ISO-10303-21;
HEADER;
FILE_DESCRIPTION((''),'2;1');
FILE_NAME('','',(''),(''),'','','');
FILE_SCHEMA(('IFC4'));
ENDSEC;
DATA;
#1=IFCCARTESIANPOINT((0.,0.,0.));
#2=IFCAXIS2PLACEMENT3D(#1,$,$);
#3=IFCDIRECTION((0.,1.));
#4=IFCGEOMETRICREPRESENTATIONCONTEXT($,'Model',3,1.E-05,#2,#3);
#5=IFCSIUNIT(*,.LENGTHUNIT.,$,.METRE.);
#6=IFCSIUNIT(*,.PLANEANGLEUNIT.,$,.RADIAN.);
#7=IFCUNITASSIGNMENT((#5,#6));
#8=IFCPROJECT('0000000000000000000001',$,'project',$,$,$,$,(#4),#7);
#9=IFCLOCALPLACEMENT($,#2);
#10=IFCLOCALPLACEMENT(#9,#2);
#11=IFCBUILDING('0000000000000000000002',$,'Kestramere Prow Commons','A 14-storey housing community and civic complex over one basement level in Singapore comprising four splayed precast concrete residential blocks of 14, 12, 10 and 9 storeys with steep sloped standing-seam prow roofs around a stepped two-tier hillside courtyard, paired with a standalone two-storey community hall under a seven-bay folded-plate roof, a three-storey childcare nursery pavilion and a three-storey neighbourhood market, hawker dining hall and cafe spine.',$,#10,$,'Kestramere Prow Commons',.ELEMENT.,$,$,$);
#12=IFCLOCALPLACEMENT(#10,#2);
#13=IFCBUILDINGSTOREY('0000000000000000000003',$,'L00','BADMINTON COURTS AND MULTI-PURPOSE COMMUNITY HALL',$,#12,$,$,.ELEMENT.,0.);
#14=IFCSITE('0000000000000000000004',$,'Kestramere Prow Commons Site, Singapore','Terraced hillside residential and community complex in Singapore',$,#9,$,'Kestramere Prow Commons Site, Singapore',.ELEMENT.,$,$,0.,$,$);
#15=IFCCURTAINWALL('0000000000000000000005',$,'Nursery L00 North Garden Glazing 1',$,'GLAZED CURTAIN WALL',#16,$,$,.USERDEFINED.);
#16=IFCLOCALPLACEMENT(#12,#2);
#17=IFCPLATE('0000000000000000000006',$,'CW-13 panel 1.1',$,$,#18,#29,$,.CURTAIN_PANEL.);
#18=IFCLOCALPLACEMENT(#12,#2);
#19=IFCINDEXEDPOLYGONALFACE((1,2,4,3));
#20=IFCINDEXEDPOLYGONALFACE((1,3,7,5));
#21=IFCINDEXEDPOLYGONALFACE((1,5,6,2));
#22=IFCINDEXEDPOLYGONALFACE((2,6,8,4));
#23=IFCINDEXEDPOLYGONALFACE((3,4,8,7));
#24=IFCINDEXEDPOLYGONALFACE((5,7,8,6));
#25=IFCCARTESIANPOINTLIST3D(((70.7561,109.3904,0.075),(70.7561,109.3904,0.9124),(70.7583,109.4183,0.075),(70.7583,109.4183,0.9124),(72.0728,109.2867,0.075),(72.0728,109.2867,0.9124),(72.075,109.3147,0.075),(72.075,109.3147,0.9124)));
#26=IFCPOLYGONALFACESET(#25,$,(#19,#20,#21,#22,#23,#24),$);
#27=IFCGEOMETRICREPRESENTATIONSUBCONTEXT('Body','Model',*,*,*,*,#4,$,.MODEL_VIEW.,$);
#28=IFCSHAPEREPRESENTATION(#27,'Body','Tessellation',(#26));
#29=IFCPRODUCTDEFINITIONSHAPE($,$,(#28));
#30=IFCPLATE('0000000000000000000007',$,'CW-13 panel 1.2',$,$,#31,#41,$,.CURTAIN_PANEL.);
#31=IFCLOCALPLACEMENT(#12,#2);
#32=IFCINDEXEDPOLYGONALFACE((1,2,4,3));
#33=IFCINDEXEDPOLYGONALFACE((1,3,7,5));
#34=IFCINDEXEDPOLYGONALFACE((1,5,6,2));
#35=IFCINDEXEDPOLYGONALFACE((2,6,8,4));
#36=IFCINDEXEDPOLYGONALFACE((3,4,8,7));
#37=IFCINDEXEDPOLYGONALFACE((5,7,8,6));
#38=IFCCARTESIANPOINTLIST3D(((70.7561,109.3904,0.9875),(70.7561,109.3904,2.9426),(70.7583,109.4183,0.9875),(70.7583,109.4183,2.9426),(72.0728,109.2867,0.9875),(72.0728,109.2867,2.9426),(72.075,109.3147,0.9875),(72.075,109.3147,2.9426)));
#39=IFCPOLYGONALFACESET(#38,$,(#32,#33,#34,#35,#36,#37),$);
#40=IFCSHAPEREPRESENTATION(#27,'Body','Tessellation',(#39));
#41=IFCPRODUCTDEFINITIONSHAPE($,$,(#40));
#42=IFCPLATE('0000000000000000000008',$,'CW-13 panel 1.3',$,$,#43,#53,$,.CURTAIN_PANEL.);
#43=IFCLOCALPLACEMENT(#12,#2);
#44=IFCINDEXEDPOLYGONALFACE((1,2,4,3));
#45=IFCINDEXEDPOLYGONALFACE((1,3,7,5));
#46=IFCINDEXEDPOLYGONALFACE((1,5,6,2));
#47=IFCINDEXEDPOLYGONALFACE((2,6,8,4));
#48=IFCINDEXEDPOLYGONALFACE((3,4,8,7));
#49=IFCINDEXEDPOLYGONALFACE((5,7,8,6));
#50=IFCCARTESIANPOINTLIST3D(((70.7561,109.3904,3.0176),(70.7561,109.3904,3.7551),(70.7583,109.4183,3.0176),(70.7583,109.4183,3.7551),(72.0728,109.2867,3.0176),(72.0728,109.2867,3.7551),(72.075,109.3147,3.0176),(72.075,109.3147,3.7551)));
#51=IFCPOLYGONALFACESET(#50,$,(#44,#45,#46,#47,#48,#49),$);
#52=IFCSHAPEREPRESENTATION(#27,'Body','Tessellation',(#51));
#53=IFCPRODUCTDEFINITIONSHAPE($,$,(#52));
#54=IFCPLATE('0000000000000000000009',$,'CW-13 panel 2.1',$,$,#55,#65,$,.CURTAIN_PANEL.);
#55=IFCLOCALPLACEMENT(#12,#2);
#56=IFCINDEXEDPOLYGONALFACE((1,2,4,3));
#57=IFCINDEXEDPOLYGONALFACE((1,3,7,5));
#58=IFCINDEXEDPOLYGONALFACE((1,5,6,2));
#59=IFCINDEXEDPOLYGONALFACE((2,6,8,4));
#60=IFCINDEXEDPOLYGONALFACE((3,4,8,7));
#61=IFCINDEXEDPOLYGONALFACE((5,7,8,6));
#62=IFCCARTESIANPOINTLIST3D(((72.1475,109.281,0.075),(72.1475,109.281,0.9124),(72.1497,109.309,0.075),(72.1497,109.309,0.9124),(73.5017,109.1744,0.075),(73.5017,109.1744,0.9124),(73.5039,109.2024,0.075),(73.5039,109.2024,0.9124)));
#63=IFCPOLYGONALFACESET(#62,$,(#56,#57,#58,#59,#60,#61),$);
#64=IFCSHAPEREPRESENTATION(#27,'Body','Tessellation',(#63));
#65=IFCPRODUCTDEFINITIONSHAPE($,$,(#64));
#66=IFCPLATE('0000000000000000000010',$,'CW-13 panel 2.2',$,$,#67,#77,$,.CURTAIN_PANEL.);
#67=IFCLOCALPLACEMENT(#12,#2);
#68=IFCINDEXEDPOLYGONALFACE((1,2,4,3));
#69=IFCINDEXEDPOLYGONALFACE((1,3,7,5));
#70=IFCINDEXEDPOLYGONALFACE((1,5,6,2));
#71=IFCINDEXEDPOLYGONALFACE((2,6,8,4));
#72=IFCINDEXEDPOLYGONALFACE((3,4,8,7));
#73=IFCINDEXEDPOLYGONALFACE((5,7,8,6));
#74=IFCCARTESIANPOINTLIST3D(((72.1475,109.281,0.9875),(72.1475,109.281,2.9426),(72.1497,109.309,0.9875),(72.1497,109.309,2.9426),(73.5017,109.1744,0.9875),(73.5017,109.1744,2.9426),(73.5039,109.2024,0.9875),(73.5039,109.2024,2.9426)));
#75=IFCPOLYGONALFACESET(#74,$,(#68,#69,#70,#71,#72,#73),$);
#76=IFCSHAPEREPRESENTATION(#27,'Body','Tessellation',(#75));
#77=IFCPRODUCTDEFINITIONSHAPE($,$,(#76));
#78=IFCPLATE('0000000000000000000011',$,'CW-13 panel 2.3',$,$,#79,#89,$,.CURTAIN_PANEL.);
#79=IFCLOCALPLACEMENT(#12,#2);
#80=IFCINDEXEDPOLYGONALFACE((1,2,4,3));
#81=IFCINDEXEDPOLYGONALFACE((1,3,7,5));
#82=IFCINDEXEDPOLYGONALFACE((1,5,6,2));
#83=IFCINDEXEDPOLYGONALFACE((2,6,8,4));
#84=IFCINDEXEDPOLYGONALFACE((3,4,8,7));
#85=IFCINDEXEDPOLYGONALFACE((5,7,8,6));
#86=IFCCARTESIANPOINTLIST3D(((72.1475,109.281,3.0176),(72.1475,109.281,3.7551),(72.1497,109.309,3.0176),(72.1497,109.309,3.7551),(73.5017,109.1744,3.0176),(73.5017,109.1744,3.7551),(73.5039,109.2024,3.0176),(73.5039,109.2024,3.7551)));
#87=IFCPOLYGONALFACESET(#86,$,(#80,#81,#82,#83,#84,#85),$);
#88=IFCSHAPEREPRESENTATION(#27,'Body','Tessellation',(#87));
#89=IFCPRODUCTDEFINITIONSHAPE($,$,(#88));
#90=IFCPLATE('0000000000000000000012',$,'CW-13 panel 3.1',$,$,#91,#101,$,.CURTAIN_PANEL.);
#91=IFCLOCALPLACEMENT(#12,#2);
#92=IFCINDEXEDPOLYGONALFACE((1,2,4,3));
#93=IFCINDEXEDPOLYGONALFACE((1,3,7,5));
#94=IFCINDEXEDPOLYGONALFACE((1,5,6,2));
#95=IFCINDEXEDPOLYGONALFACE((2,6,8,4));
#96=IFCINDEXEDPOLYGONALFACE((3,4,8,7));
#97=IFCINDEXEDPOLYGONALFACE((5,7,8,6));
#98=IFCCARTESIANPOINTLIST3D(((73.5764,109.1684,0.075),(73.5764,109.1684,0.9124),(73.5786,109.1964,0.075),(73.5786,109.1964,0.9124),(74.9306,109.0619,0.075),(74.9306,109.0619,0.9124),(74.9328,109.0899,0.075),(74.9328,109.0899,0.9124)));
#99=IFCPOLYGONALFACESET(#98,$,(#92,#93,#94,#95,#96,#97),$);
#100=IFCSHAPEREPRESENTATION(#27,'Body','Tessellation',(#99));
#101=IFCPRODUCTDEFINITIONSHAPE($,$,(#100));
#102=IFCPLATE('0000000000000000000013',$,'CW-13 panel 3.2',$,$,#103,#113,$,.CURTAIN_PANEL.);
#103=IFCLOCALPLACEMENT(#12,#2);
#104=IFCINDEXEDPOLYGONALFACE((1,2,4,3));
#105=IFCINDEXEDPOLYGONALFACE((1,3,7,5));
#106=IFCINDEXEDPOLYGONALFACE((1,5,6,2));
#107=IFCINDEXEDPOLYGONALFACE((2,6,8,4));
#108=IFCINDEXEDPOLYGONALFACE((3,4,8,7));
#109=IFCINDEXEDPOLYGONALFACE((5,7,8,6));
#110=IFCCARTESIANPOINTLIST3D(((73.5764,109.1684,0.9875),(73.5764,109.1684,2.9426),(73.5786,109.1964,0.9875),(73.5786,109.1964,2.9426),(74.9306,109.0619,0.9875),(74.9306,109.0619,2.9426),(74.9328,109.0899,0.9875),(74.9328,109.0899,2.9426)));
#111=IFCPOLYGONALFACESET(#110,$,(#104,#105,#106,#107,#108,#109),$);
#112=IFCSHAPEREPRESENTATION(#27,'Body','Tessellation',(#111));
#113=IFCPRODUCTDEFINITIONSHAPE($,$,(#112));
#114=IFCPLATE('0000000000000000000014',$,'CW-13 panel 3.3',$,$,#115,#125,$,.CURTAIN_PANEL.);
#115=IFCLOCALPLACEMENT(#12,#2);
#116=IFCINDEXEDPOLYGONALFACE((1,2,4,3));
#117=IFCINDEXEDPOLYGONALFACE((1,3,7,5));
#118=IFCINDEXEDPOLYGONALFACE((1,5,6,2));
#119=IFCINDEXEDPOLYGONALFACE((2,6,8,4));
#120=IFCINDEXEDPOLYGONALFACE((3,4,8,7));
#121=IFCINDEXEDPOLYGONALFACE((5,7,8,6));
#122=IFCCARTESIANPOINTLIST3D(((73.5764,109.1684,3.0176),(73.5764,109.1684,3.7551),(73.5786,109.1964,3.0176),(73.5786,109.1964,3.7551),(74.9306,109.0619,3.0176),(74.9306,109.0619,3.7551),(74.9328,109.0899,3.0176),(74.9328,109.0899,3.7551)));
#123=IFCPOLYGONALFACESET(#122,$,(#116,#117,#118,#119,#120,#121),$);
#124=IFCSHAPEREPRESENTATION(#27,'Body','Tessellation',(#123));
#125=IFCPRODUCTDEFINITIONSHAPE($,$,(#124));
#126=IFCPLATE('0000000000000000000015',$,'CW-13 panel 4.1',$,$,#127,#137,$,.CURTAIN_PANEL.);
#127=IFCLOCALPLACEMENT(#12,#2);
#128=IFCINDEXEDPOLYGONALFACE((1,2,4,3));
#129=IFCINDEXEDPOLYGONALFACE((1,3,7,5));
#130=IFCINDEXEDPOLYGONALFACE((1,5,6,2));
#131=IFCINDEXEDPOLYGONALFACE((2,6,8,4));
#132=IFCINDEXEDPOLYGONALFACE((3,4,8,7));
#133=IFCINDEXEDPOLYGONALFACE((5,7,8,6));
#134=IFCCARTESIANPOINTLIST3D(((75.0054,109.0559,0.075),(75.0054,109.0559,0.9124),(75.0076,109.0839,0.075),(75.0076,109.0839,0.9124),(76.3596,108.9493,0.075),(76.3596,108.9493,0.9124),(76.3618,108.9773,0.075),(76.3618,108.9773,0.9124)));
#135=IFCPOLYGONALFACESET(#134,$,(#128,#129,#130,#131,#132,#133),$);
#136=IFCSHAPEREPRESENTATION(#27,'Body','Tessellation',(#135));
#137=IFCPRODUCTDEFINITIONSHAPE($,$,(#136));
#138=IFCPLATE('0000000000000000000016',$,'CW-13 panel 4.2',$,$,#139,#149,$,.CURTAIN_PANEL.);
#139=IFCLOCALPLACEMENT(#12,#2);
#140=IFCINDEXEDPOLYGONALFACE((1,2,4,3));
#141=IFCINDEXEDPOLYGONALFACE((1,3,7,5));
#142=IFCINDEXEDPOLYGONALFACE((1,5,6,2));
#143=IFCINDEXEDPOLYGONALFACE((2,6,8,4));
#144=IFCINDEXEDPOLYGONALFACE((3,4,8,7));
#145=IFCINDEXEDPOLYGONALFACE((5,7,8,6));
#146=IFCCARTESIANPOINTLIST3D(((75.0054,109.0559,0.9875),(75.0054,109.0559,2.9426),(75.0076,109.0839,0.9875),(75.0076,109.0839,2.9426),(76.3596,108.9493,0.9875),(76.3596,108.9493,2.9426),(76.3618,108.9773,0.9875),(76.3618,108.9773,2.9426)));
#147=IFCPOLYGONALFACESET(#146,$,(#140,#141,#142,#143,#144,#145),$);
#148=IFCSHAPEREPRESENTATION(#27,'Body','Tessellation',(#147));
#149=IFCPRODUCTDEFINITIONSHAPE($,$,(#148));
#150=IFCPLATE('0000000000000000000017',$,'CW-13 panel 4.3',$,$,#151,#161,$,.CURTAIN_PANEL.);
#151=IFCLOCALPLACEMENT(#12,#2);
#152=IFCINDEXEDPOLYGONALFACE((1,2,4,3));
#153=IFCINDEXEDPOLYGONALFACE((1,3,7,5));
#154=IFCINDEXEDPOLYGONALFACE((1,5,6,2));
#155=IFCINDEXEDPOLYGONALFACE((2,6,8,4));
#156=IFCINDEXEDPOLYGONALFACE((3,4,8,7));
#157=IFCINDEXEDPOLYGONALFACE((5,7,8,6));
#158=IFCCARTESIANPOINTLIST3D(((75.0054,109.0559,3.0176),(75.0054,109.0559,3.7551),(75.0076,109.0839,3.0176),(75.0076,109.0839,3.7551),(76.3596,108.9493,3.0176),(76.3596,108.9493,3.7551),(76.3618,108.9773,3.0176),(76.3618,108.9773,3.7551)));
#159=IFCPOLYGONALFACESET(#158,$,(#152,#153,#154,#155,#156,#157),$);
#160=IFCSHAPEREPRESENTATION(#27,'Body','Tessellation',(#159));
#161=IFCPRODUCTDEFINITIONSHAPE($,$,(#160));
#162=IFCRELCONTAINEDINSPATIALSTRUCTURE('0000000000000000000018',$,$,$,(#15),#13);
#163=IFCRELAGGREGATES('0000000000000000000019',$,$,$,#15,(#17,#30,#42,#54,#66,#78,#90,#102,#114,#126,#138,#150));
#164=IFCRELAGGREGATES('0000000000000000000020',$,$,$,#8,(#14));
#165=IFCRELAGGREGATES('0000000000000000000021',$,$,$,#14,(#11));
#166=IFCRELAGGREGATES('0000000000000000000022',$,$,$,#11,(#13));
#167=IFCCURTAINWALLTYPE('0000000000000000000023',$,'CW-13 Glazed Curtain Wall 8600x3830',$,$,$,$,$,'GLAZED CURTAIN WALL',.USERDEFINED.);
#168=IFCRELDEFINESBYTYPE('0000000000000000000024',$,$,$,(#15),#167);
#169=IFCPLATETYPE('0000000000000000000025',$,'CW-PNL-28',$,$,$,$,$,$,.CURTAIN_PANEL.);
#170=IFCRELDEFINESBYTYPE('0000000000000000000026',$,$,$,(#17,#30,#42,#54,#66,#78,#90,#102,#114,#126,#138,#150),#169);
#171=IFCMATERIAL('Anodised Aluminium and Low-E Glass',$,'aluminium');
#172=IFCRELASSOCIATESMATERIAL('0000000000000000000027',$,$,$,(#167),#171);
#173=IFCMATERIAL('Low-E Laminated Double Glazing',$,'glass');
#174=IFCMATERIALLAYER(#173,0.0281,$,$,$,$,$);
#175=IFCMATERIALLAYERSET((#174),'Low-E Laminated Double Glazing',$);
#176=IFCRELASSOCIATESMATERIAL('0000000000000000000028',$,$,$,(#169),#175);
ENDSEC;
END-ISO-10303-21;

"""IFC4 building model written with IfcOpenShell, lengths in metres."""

from ifc_helpers import new_model, si_unit, direction, frame, origin, origin_2d, place, context, subcontext, project, spatial, rectangle, extrude, material, layer, layer_set, type_object, element, aggregate, save


model = new_model("IFC4")

# Units and contexts
model_context = context("Model", 3, precision=1e-05, world=origin(), true_north=direction((0.0, 1.0)))
body_context = subcontext(model_context, "Body", "Model", "MODEL_VIEW")
ifc_project = project(units=[si_unit("LENGTHUNIT", "METRE"), si_unit("PLANEANGLEUNIT", "RADIAN")], contexts=[model_context])

# Site, building, storey
site_placement = place(None, origin())
site = spatial("IfcSite", under=ifc_project, at=site_placement, Name="Kestramere Prow Commons Site, Singapore", Description="Terraced hillside residential and community complex in Singapore", LongName="Kestramere Prow Commons Site, Singapore", CompositionType="ELEMENT", RefElevation=0.0)
building_placement = place(site_placement, origin())
building = spatial("IfcBuilding", under=site, at=building_placement, Name="Kestramere Prow Commons", Description="A 14-storey housing community and civic complex over one basement level in Singapore comprising four splayed precast concrete residential blocks of 14, 12, 10 and 9 storeys with steep sloped standing-seam prow roofs around a stepped two-tier hillside courtyard, paired with a standalone two-storey community hall under a seven-bay folded-plate roof, a three-storey childcare nursery pavilion and a three-storey neighbourhood market, hawker dining hall and cafe spine.", LongName="Kestramere Prow Commons", CompositionType="ELEMENT")
storey_placement = place(building_placement, origin())
storey = spatial("IfcBuildingStorey", under=building, at=storey_placement, Name="L00", Description="BADMINTON COURTS AND MULTI-PURPOSE COMMUNITY HALL", CompositionType="ELEMENT", Elevation=0.0)

# Curtain wall, plates
ifc_material_1 = material(Name="Anodised Aluminium and Low-E Glass", Category="aluminium")
curtain_wall_type = type_object("IfcCurtainWallType", Name="CW-13 Glazed Curtain Wall 8600x3830", ElementType="GLAZED CURTAIN WALL", PredefinedType="USERDEFINED", material=ifc_material_1)
curtain_wall_placement = place(storey_placement, origin())
curtain_wall = element("IfcCurtainWall", 1, at=curtain_wall_placement, inside=storey, type_object=curtain_wall_type, Name="Nursery L00 North Garden Glazing 1", ObjectType="GLAZED CURTAIN WALL", PredefinedType="USERDEFINED")
ifc_material_2 = material(Name="Low-E Laminated Double Glazing", Category="glass")
ifc_layer = layer(ifc_material_2, 0.0281)
ifc_layer_set = layer_set([ifc_layer], Name="Low-E Laminated Double Glazing")
plate_type = type_object("IfcPlateType", Name="CW-PNL-28", PredefinedType="CURTAIN_PANEL", material=ifc_layer_set)
plate_1_placement = place(storey_placement, frame((71.4155, 109.3525, 0.075), z_axis=(0.0, 0.0, 1.0), x_axis=(0.996917, -0.078459, 0.0)))
plate_1 = element("IfcPlate", 2, at=plate_1_placement, type_object=plate_type, Name="CW-13 panel 1.1", PredefinedType="CURTAIN_PANEL", context=body_context, shape_type="SweptSolid", body=[
    extrude(rectangle(XDim=1.3208, YDim=0.0281, at=origin_2d()), origin(), (0.0, 0.0, 1.0), 0.8374),
])
plate_2_placement = place(storey_placement, frame((71.4155, 109.3525, 0.9875), z_axis=(0.0, 0.0, 1.0), x_axis=(0.996917, -0.078459, 0.0)))
plate_2 = element("IfcPlate", 3, at=plate_2_placement, type_object=plate_type, Name="CW-13 panel 1.2", PredefinedType="CURTAIN_PANEL", context=body_context, shape_type="SweptSolid", body=[
    extrude(rectangle(XDim=1.3208, YDim=0.0281, at=origin_2d()), origin(), (0.0, 0.0, 1.0), 1.9551),
])
plate_3_placement = place(storey_placement, frame((71.4155, 109.3525, 3.0176), z_axis=(0.0, 0.0, 1.0), x_axis=(0.996917, -0.078459, 0.0)))
plate_3 = element("IfcPlate", 4, at=plate_3_placement, type_object=plate_type, Name="CW-13 panel 1.3", PredefinedType="CURTAIN_PANEL", context=body_context, shape_type="SweptSolid", body=[
    extrude(rectangle(XDim=1.3208, YDim=0.0281, at=origin_2d()), origin(), (0.0, 0.0, 1.0), 0.7375),
])
plate_4_placement = place(storey_placement, frame((72.8257, 109.2417, 0.075), z_axis=(0.0, 0.0, 1.0), x_axis=(0.996917, -0.078459, 0.0)))
plate_4 = element("IfcPlate", 5, at=plate_4_placement, type_object=plate_type, Name="CW-13 panel 2.1", PredefinedType="CURTAIN_PANEL", context=body_context, shape_type="SweptSolid", body=[
    extrude(rectangle(XDim=1.3584, YDim=0.0281, at=origin_2d()), origin(), (0.0, 0.0, 1.0), 0.8374),
])
plate_5_placement = place(storey_placement, frame((72.8257, 109.2417, 0.9875), z_axis=(0.0, 0.0, 1.0), x_axis=(0.996917, -0.078459, 0.0)))
plate_5 = element("IfcPlate", 6, at=plate_5_placement, type_object=plate_type, Name="CW-13 panel 2.2", PredefinedType="CURTAIN_PANEL", context=body_context, shape_type="SweptSolid", body=[
    extrude(rectangle(XDim=1.3584, YDim=0.0281, at=origin_2d()), origin(), (0.0, 0.0, 1.0), 1.9551),
])
plate_6_placement = place(storey_placement, frame((72.8257, 109.2417, 3.0176), z_axis=(0.0, 0.0, 1.0), x_axis=(0.996917, -0.078459, 0.0)))
plate_6 = element("IfcPlate", 7, at=plate_6_placement, type_object=plate_type, Name="CW-13 panel 2.3", PredefinedType="CURTAIN_PANEL", context=body_context, shape_type="SweptSolid", body=[
    extrude(rectangle(XDim=1.3584, YDim=0.0281, at=origin_2d()), origin(), (0.0, 0.0, 1.0), 0.7375),
])
plate_7_placement = place(storey_placement, frame((74.2546, 109.1292, 0.075), z_axis=(0.0, 0.0, 1.0), x_axis=(0.996917, -0.078459, 0.0)))
plate_7 = element("IfcPlate", 8, at=plate_7_placement, type_object=plate_type, Name="CW-13 panel 3.1", PredefinedType="CURTAIN_PANEL", context=body_context, shape_type="SweptSolid", body=[
    extrude(rectangle(XDim=1.3584, YDim=0.0281, at=origin_2d()), origin(), (0.0, 0.0, 1.0), 0.8374),
])
plate_8_placement = place(storey_placement, frame((74.2546, 109.1292, 0.9875), z_axis=(0.0, 0.0, 1.0), x_axis=(0.996917, -0.078459, 0.0)))
plate_8 = element("IfcPlate", 9, at=plate_8_placement, type_object=plate_type, Name="CW-13 panel 3.2", PredefinedType="CURTAIN_PANEL", context=body_context, shape_type="SweptSolid", body=[
    extrude(rectangle(XDim=1.3584, YDim=0.0281, at=origin_2d()), origin(), (0.0, 0.0, 1.0), 1.9551),
])
plate_9_placement = place(storey_placement, frame((74.2546, 109.1292, 3.0176), z_axis=(0.0, 0.0, 1.0), x_axis=(0.996917, -0.078459, 0.0)))
plate_9 = element("IfcPlate", 10, at=plate_9_placement, type_object=plate_type, Name="CW-13 panel 3.3", PredefinedType="CURTAIN_PANEL", context=body_context, shape_type="SweptSolid", body=[
    extrude(rectangle(XDim=1.3584, YDim=0.0281, at=origin_2d()), origin(), (0.0, 0.0, 1.0), 0.7375),
])
plate_10_placement = place(storey_placement, frame((75.6836, 109.0166, 0.075), z_axis=(0.0, 0.0, 1.0), x_axis=(0.996917, -0.078459, 0.0)))
plate_10 = element("IfcPlate", 11, at=plate_10_placement, type_object=plate_type, Name="CW-13 panel 4.1", PredefinedType="CURTAIN_PANEL", context=body_context, shape_type="SweptSolid", body=[
    extrude(rectangle(XDim=1.3584, YDim=0.0281, at=origin_2d()), origin(), (0.0, 0.0, 1.0), 0.8374),
])
plate_11_placement = place(storey_placement, frame((75.6836, 109.0166, 0.9875), z_axis=(0.0, 0.0, 1.0), x_axis=(0.996917, -0.078459, 0.0)))
plate_11 = element("IfcPlate", 12, at=plate_11_placement, type_object=plate_type, Name="CW-13 panel 4.2", PredefinedType="CURTAIN_PANEL", context=body_context, shape_type="SweptSolid", body=[
    extrude(rectangle(XDim=1.3584, YDim=0.0281, at=origin_2d()), origin(), (0.0, 0.0, 1.0), 1.9551),
])
plate_12_placement = place(storey_placement, frame((75.6836, 109.0166, 3.0176), z_axis=(0.0, 0.0, 1.0), x_axis=(0.996917, -0.078459, 0.0)))
plate_12 = element("IfcPlate", 13, at=plate_12_placement, type_object=plate_type, Name="CW-13 panel 4.3", PredefinedType="CURTAIN_PANEL", context=body_context, shape_type="SweptSolid", body=[
    extrude(rectangle(XDim=1.3584, YDim=0.0281, at=origin_2d()), origin(), (0.0, 0.0, 1.0), 0.7375),
])
aggregate(curtain_wall, [plate_1, plate_2, plate_3, plate_4, plate_5, plate_6, plate_7, plate_8, plate_9, plate_10, plate_11, plate_12])

save(model, "model.ifc")
